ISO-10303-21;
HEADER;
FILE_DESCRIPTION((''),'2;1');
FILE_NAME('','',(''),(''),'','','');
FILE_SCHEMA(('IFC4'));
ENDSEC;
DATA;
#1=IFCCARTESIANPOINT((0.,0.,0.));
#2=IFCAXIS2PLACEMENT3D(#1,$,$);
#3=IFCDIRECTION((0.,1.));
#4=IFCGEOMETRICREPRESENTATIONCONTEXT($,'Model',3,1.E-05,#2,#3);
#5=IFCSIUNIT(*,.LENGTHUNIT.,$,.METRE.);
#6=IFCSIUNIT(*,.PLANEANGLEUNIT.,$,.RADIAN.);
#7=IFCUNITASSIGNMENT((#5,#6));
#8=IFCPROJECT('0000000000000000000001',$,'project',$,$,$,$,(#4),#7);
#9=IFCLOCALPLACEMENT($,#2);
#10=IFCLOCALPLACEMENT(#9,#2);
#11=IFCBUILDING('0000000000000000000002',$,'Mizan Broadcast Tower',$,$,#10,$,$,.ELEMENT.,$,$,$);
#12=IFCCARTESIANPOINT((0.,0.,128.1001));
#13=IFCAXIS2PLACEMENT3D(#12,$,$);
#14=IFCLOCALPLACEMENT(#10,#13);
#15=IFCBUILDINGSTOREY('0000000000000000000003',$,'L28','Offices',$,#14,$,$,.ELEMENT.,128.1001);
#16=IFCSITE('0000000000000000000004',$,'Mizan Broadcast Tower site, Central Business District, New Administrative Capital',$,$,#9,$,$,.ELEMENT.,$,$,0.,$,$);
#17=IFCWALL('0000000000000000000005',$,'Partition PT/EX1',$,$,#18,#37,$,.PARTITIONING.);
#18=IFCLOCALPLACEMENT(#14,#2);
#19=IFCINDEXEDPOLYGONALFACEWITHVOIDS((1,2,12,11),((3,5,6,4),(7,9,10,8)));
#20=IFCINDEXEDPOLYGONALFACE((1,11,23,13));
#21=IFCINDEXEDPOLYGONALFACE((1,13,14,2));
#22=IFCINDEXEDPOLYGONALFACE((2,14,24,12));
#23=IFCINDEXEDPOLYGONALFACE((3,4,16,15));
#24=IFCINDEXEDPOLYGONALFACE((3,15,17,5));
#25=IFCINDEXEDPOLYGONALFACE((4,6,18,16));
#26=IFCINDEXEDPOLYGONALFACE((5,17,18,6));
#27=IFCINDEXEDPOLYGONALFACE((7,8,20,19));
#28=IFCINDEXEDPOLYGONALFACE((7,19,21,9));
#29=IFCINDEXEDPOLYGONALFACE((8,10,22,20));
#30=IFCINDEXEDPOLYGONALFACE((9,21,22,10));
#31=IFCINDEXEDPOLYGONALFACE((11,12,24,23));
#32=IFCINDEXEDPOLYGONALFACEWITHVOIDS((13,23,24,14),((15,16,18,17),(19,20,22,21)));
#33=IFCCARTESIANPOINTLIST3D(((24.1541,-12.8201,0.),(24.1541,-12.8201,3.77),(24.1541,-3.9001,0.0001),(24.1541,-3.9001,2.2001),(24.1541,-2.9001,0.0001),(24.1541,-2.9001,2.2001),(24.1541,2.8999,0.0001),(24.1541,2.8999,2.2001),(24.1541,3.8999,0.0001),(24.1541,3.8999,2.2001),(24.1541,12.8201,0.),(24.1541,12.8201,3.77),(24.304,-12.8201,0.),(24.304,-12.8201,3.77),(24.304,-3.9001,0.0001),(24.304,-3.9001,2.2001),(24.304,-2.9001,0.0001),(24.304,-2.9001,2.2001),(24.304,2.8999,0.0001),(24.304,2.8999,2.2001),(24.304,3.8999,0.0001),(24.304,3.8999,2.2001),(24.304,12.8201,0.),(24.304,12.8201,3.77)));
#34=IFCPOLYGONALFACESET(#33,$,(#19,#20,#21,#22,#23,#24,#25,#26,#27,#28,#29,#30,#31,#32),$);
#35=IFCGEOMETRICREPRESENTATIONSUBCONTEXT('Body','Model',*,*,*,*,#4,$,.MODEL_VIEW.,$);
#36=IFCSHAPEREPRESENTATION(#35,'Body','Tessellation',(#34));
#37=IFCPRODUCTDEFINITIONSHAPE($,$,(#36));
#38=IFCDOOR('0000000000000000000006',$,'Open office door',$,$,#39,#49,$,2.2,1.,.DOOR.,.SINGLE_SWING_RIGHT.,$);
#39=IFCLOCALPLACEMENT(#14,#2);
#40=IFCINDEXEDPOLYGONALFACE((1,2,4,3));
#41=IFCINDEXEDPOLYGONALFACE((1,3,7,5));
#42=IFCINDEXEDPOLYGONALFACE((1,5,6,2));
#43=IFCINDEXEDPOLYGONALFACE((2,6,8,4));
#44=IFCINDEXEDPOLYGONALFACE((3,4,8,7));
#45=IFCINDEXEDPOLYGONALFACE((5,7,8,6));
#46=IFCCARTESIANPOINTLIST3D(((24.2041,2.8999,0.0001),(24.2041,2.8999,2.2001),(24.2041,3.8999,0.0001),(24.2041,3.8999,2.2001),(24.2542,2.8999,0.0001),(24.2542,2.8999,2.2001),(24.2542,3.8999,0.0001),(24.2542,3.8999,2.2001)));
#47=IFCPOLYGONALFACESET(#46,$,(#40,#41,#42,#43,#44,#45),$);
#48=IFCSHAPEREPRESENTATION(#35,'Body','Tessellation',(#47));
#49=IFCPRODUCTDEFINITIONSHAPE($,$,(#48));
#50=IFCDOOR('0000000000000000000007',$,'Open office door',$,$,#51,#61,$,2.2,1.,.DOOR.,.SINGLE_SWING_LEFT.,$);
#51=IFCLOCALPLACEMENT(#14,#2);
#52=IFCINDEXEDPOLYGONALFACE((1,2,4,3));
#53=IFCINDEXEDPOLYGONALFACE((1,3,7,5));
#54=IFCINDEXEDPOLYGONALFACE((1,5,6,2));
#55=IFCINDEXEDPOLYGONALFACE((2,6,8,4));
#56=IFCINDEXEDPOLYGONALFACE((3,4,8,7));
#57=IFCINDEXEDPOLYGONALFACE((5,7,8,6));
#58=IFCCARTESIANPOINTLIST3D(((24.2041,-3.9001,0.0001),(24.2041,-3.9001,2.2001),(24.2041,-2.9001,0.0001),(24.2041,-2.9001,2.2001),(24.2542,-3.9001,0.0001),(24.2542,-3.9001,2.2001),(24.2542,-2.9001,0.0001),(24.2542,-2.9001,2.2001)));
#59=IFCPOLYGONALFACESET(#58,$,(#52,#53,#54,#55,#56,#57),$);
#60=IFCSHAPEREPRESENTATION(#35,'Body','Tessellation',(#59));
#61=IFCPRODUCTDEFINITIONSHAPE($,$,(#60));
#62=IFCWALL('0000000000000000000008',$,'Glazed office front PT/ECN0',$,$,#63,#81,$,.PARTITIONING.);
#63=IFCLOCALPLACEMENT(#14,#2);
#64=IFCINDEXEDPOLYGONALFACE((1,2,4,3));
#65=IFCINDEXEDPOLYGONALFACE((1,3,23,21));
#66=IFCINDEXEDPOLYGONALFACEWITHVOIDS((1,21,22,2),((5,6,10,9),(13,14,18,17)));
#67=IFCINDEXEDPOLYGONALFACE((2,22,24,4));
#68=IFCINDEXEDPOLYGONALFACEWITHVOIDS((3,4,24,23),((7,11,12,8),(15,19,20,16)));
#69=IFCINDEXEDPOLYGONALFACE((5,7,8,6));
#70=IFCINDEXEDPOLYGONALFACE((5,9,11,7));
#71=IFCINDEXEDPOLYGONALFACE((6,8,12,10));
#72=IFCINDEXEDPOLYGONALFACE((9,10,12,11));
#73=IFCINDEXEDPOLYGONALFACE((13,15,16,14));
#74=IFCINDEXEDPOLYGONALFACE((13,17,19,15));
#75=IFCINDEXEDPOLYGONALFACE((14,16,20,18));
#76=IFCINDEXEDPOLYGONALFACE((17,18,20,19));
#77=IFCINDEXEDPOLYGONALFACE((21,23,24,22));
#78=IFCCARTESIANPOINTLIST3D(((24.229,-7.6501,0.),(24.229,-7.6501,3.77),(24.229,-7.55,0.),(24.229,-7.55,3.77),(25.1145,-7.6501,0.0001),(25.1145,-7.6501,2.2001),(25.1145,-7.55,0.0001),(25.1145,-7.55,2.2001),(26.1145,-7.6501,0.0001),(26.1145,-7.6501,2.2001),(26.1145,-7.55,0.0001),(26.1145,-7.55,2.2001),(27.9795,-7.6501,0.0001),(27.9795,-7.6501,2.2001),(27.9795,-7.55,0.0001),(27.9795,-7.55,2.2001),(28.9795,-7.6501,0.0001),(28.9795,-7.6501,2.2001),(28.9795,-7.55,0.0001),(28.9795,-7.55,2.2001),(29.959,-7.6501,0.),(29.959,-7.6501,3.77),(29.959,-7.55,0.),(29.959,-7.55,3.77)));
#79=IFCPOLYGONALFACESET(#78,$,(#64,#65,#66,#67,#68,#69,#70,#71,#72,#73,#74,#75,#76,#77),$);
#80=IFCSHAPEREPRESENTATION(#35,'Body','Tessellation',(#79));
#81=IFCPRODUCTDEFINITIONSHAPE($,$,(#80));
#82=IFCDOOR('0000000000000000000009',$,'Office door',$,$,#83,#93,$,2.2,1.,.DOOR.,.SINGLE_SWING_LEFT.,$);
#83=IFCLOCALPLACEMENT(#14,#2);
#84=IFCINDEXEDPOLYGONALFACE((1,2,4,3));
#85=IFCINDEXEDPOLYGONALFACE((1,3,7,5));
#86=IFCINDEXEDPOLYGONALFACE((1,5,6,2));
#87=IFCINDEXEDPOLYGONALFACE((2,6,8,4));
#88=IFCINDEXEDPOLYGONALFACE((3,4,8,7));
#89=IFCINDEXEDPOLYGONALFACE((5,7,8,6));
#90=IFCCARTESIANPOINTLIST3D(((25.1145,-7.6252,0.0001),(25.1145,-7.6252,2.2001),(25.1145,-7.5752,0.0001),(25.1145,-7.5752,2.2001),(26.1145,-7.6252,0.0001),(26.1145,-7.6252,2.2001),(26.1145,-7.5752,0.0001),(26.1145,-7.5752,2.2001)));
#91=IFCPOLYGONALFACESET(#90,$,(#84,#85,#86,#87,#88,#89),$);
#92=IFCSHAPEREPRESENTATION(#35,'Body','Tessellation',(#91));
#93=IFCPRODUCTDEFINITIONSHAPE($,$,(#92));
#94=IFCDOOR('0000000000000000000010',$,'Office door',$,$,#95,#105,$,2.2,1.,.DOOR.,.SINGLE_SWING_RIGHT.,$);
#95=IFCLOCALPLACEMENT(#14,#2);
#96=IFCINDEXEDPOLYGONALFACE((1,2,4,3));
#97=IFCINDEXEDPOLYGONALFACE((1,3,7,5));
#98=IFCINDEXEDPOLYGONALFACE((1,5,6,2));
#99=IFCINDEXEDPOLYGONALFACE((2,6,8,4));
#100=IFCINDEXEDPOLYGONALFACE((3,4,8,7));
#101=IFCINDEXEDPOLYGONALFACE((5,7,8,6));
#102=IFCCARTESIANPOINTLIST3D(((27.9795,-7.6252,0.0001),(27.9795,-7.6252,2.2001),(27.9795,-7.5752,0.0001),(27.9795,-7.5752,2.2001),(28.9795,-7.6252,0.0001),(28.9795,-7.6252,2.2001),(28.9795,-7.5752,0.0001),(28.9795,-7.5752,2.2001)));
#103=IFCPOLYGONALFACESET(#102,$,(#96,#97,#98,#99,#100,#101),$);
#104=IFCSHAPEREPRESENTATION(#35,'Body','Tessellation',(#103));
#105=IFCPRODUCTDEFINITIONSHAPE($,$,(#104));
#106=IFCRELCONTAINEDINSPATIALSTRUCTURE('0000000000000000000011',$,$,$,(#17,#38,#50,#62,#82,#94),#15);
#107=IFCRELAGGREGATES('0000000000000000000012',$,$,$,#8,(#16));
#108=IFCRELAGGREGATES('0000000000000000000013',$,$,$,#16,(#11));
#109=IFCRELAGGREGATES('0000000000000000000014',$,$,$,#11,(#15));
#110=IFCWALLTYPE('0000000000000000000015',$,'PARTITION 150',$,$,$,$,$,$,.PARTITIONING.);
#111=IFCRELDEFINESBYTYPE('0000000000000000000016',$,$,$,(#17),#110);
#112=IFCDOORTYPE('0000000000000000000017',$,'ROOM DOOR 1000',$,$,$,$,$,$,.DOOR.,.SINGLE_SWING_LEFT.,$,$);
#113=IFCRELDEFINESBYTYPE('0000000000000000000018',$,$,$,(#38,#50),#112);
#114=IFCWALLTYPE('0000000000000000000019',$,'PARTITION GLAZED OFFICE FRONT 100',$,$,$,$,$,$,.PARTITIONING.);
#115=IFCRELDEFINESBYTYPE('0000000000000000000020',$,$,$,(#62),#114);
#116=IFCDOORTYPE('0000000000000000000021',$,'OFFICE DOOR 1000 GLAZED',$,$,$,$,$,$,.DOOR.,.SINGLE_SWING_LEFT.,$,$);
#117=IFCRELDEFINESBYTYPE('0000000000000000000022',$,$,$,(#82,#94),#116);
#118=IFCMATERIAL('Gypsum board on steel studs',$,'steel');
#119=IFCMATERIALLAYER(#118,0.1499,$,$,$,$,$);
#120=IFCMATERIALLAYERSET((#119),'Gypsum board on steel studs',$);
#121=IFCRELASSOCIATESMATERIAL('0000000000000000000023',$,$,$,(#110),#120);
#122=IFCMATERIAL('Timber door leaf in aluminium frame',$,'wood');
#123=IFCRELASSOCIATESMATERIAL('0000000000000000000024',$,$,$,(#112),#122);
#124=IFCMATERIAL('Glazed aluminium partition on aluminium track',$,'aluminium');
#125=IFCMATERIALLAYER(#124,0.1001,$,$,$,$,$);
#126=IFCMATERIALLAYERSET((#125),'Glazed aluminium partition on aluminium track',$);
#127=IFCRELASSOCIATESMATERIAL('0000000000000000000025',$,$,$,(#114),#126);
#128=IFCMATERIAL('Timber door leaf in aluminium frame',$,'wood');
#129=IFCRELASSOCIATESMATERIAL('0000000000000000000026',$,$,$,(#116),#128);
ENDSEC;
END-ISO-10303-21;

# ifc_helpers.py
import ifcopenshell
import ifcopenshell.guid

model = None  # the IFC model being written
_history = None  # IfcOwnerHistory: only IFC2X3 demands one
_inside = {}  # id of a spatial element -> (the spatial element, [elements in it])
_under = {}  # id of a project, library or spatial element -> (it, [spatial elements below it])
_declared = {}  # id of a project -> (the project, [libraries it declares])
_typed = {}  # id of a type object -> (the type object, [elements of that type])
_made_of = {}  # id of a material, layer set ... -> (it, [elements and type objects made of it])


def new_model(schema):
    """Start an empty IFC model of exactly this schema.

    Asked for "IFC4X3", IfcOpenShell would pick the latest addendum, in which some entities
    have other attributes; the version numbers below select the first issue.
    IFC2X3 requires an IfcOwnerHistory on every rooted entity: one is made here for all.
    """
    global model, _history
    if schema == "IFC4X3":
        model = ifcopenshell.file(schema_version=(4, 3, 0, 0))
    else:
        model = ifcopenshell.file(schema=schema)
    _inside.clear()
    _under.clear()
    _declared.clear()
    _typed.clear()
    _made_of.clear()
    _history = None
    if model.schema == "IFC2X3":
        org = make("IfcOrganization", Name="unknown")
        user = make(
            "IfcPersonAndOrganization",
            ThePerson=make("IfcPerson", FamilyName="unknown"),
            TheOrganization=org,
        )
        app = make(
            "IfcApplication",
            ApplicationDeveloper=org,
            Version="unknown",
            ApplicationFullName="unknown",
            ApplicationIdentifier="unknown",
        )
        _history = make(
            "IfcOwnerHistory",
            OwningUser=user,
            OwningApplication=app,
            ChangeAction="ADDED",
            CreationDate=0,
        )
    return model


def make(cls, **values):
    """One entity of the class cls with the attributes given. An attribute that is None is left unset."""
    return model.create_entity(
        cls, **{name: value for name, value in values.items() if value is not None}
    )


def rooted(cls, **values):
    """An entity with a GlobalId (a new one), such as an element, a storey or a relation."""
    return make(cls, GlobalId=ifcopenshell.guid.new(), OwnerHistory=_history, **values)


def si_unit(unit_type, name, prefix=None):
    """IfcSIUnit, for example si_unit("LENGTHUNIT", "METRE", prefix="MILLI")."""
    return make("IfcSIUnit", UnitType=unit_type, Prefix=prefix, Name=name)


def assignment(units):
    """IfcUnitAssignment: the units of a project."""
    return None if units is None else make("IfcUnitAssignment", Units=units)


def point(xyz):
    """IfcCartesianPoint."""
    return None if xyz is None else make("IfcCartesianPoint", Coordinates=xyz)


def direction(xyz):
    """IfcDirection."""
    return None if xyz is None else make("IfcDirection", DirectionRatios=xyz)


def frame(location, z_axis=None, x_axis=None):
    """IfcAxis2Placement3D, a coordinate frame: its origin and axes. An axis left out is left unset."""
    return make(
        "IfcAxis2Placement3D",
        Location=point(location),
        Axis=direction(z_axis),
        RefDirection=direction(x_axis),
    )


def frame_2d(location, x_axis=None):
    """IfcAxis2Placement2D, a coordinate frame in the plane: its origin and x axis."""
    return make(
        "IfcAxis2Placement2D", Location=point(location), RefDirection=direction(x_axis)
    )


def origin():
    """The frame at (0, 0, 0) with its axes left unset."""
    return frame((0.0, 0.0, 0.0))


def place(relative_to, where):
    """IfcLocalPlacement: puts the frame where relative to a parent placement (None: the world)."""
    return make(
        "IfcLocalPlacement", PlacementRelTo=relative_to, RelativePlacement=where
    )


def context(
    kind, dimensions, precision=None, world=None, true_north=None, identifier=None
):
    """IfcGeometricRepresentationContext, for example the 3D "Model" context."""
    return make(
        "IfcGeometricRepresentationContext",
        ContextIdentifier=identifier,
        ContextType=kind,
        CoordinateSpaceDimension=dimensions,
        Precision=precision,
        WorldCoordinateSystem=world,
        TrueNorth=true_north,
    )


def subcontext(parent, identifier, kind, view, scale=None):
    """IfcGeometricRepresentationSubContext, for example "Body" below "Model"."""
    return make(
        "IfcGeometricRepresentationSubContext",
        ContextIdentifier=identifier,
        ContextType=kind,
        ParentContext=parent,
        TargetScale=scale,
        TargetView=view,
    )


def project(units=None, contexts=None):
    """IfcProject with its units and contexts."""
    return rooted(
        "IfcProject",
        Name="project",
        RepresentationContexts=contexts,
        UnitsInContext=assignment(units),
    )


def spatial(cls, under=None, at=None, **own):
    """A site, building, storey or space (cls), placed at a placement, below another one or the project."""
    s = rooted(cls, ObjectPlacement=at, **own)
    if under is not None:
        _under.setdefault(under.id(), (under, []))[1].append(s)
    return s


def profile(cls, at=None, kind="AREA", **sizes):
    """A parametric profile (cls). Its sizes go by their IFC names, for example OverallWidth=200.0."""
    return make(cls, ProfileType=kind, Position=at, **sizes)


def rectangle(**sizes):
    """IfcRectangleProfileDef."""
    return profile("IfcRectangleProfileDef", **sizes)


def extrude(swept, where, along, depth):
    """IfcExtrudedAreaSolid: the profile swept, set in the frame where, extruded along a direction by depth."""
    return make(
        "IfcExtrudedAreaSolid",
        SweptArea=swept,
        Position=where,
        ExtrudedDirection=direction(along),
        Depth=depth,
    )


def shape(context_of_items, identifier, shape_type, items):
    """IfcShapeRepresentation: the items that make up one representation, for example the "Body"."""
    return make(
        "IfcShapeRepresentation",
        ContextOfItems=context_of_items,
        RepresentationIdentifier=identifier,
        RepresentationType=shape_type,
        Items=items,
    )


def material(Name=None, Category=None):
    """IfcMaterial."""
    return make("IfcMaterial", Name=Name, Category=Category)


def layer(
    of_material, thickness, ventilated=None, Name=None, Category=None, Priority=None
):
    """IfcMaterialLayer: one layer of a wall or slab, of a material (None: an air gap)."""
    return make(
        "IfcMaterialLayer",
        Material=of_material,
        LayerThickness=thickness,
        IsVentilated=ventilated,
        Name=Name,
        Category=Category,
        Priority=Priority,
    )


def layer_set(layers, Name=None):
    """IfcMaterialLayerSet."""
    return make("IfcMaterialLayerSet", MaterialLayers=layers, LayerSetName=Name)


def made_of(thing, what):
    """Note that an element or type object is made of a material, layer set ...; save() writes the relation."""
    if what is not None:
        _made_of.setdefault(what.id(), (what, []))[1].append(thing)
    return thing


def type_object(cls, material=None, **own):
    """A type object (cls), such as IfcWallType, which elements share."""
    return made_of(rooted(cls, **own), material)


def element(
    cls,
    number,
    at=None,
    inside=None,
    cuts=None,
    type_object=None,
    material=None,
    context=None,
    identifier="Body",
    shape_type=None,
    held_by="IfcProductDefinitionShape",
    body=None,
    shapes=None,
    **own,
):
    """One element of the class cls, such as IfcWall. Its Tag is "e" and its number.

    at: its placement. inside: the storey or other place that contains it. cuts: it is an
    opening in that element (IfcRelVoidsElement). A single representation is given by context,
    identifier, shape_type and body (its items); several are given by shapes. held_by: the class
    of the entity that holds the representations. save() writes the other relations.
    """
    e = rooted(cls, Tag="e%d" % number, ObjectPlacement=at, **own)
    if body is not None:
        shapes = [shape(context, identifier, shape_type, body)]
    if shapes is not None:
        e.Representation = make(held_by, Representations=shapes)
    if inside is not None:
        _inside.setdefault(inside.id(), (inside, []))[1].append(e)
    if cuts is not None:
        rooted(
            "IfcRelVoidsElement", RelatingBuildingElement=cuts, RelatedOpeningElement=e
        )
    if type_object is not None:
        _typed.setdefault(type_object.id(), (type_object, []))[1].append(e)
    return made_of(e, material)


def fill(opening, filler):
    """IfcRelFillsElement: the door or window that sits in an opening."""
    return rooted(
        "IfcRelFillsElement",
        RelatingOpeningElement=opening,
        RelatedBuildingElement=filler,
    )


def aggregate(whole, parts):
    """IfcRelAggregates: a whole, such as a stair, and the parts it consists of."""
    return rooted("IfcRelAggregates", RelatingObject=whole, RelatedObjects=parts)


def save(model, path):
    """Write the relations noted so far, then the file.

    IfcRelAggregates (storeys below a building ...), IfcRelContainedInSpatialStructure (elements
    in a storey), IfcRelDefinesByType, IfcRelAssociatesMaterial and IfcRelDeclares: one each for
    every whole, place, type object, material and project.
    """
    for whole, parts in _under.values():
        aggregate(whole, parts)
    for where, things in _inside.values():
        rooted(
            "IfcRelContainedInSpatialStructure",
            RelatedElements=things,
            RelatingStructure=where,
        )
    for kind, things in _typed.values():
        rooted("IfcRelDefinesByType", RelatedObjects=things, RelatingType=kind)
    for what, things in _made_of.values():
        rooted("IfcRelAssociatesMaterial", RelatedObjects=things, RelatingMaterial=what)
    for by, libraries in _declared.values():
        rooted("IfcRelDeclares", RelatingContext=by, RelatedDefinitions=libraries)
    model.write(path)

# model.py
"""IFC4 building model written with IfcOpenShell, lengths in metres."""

from ifc_helpers import new_model, si_unit, direction, frame, frame_2d, origin, place, context, subcontext, project, spatial, rectangle, extrude, material, layer, layer_set, type_object, element, fill, save


model = new_model("IFC4")

# Units and contexts
model_context = context("Model", 3, precision=1e-05, world=origin(), true_north=direction((0.0, 1.0)))
body_context = subcontext(model_context, "Body", "Model", "MODEL_VIEW")
ifc_project = project(units=[si_unit("LENGTHUNIT", "METRE"), si_unit("PLANEANGLEUNIT", "RADIAN")], contexts=[model_context])

# Site, building, storey
site_placement = place(None, origin())
site = spatial("IfcSite", under=ifc_project, at=site_placement, Name="Mizan Broadcast Tower site, Central Business District, New Administrative Capital", CompositionType="ELEMENT", RefElevation=0.0)
building_placement = place(site_placement, origin())
building = spatial("IfcBuilding", under=site, at=building_placement, Name="Mizan Broadcast Tower", CompositionType="ELEMENT")
storey_placement = place(building_placement, frame((0.0, 0.0, 128.1001)))
storey = spatial("IfcBuildingStorey", under=building, at=storey_placement, Name="L28", Description="Offices", CompositionType="ELEMENT", Elevation=128.1001)

# Walls, openings, doors
ifc_material_1 = material(Name="Gypsum board on steel studs", Category="steel")
ifc_layer_1 = layer(ifc_material_1, 0.1499)
ifc_layer_set_1 = layer_set([ifc_layer_1], Name="Gypsum board on steel studs")
wall_type_1 = type_object("IfcWallType", Name="PARTITION 150", PredefinedType="PARTITIONING", material=ifc_layer_set_1)
wall_1_placement = place(storey_placement, frame((24.229, -12.8201, 0.0), z_axis=(0.0, 0.0, 1.0), x_axis=(0.0, 1.0, 0.0)))
wall_1 = element("IfcWall", 1, at=wall_1_placement, inside=storey, type_object=wall_type_1, Name="Partition PT/EX1", PredefinedType="PARTITIONING", context=body_context, shape_type="SweptSolid", body=[
    extrude(rectangle(XDim=25.6401, YDim=0.1499, at=frame_2d((12.8201, 0.0))), origin(), (0.0, 0.0, 1.0), 3.77),
])
opening_1_placement = place(wall_1_placement, frame((15.72, 0.0, 0.0)))
opening_1 = element("IfcOpeningElement", 2, at=opening_1_placement, cuts=wall_1, PredefinedType="OPENING", context=body_context, shape_type="SweptSolid", body=[
    extrude(rectangle(XDim=1.0, YDim=2.2, at=frame_2d((0.5, 1.1001))), frame((0.0, 0.085, 0.0), z_axis=(0.0, -1.0, 0.0), x_axis=(1.0, 0.0, 0.0)), (0.0, 0.0, 1.0), 0.1699),
])
opening_2_placement = place(wall_1_placement, frame((8.9199, 0.0, 0.0)))
opening_2 = element("IfcOpeningElement", 3, at=opening_2_placement, cuts=wall_1, PredefinedType="OPENING", context=body_context, shape_type="SweptSolid", body=[
    extrude(rectangle(XDim=1.0, YDim=2.2, at=frame_2d((0.5, 1.1001))), frame((0.0, 0.085, 0.0), z_axis=(0.0, -1.0, 0.0), x_axis=(1.0, 0.0, 0.0)), (0.0, 0.0, 1.0), 0.1699),
])
ifc_material_2 = material(Name="Timber door leaf in aluminium frame", Category="wood")
door_type_1 = type_object("IfcDoorType", Name="ROOM DOOR 1000", OperationType="SINGLE_SWING_LEFT", PredefinedType="DOOR", material=ifc_material_2)
door_1_placement = place(opening_1_placement, origin())
door_1 = element("IfcDoor", 4, at=door_1_placement, inside=storey, type_object=door_type_1, Name="Open office door", OperationType="SINGLE_SWING_RIGHT", OverallHeight=2.2, OverallWidth=1.0, PredefinedType="DOOR", context=body_context, shape_type="SweptSolid", body=[
    extrude(rectangle(XDim=1.0, YDim=2.2, at=frame_2d((0.5, 1.1001))), frame((0.0, 0.0249, 0.0), z_axis=(0.0, -1.0, 0.0), x_axis=(1.0, 0.0, 0.0)), (0.0, 0.0, 1.0), 0.05),
])
fill(opening_1, door_1)
door_2_placement = place(opening_2_placement, origin())
door_2 = element("IfcDoor", 5, at=door_2_placement, inside=storey, type_object=door_type_1, Name="Open office door", OperationType="SINGLE_SWING_LEFT", OverallHeight=2.2, OverallWidth=1.0, PredefinedType="DOOR", context=body_context, shape_type="SweptSolid", body=[
    extrude(rectangle(XDim=1.0, YDim=2.2, at=frame_2d((0.5, 1.1001))), frame((0.0, 0.0249, 0.0), z_axis=(0.0, -1.0, 0.0), x_axis=(1.0, 0.0, 0.0)), (0.0, 0.0, 1.0), 0.05),
])
fill(opening_2, door_2)
ifc_material_3 = material(Name="Glazed aluminium partition on aluminium track", Category="aluminium")
ifc_layer_2 = layer(ifc_material_3, 0.1001)
ifc_layer_set_2 = layer_set([ifc_layer_2], Name="Glazed aluminium partition on aluminium track")
wall_type_2 = type_object("IfcWallType", Name="PARTITION GLAZED OFFICE FRONT 100", PredefinedType="PARTITIONING", material=ifc_layer_set_2)
wall_2_placement = place(storey_placement, frame((24.229, -7.6001, 0.0), z_axis=(0.0, 0.0, 1.0), x_axis=(1.0, 0.0, 0.0)))
wall_2 = element("IfcWall", 6, at=wall_2_placement, inside=storey, type_object=wall_type_2, Name="Glazed office front PT/ECN0", PredefinedType="PARTITIONING", context=body_context, shape_type="SweptSolid", body=[
    extrude(rectangle(XDim=5.73, YDim=0.1001, at=frame_2d((2.865, 0.0))), origin(), (0.0, 0.0, 1.0), 3.77),
])
opening_3_placement = place(wall_2_placement, frame((0.8855, 0.0, 0.0)))
opening_3 = element("IfcOpeningElement", 7, at=opening_3_placement, cuts=wall_2, PredefinedType="OPENING", context=body_context, shape_type="SweptSolid", body=[
    extrude(rectangle(XDim=1.0, YDim=2.2, at=frame_2d((0.5, 1.1001))), frame((0.0, 0.0601, 0.0), z_axis=(0.0, -1.0, 0.0), x_axis=(1.0, 0.0, 0.0)), (0.0, 0.0, 1.0), 0.1201),
])
opening_4_placement = place(wall_2_placement, frame((3.7505, 0.0, 0.0)))
opening_4 = element("IfcOpeningElement", 8, at=opening_4_placement, cuts=wall_2, PredefinedType="OPENING", context=body_context, shape_type="SweptSolid", body=[
    extrude(rectangle(XDim=1.0, YDim=2.2, at=frame_2d((0.5, 1.1001))), frame((0.0, 0.0601, 0.0), z_axis=(0.0, -1.0, 0.0), x_axis=(1.0, 0.0, 0.0)), (0.0, 0.0, 1.0), 0.1201),
])
ifc_material_4 = material(Name="Timber door leaf in aluminium frame", Category="wood")
door_type_2 = type_object("IfcDoorType", Name="OFFICE DOOR 1000 GLAZED", OperationType="SINGLE_SWING_LEFT", PredefinedType="DOOR", material=ifc_material_4)
door_3_placement = place(opening_3_placement, origin())
door_3 = element("IfcDoor", 9, at=door_3_placement, inside=storey, type_object=door_type_2, Name="Office door", OperationType="SINGLE_SWING_LEFT", OverallHeight=2.2, OverallWidth=1.0, PredefinedType="DOOR", context=body_context, shape_type="SweptSolid", body=[
    extrude(rectangle(XDim=1.0, YDim=2.2, at=frame_2d((0.5, 1.1001))), frame((0.0, 0.0249, 0.0), z_axis=(0.0, -1.0, 0.0), x_axis=(1.0, 0.0, 0.0)), (0.0, 0.0, 1.0), 0.05),
])
fill(opening_3, door_3)
door_4_placement = place(opening_4_placement, origin())
door_4 = element("IfcDoor", 10, at=door_4_placement, inside=storey, type_object=door_type_2, Name="Office door", OperationType="SINGLE_SWING_RIGHT", OverallHeight=2.2, OverallWidth=1.0, PredefinedType="DOOR", context=body_context, shape_type="SweptSolid", body=[
    extrude(rectangle(XDim=1.0, YDim=2.2, at=frame_2d((0.5, 1.1001))), frame((0.0, 0.0249, 0.0), z_axis=(0.0, -1.0, 0.0), x_axis=(1.0, 0.0, 0.0)), (0.0, 0.0, 1.0), 0.05),
])
fill(opening_4, door_4)

save(model, "model.ifc")
